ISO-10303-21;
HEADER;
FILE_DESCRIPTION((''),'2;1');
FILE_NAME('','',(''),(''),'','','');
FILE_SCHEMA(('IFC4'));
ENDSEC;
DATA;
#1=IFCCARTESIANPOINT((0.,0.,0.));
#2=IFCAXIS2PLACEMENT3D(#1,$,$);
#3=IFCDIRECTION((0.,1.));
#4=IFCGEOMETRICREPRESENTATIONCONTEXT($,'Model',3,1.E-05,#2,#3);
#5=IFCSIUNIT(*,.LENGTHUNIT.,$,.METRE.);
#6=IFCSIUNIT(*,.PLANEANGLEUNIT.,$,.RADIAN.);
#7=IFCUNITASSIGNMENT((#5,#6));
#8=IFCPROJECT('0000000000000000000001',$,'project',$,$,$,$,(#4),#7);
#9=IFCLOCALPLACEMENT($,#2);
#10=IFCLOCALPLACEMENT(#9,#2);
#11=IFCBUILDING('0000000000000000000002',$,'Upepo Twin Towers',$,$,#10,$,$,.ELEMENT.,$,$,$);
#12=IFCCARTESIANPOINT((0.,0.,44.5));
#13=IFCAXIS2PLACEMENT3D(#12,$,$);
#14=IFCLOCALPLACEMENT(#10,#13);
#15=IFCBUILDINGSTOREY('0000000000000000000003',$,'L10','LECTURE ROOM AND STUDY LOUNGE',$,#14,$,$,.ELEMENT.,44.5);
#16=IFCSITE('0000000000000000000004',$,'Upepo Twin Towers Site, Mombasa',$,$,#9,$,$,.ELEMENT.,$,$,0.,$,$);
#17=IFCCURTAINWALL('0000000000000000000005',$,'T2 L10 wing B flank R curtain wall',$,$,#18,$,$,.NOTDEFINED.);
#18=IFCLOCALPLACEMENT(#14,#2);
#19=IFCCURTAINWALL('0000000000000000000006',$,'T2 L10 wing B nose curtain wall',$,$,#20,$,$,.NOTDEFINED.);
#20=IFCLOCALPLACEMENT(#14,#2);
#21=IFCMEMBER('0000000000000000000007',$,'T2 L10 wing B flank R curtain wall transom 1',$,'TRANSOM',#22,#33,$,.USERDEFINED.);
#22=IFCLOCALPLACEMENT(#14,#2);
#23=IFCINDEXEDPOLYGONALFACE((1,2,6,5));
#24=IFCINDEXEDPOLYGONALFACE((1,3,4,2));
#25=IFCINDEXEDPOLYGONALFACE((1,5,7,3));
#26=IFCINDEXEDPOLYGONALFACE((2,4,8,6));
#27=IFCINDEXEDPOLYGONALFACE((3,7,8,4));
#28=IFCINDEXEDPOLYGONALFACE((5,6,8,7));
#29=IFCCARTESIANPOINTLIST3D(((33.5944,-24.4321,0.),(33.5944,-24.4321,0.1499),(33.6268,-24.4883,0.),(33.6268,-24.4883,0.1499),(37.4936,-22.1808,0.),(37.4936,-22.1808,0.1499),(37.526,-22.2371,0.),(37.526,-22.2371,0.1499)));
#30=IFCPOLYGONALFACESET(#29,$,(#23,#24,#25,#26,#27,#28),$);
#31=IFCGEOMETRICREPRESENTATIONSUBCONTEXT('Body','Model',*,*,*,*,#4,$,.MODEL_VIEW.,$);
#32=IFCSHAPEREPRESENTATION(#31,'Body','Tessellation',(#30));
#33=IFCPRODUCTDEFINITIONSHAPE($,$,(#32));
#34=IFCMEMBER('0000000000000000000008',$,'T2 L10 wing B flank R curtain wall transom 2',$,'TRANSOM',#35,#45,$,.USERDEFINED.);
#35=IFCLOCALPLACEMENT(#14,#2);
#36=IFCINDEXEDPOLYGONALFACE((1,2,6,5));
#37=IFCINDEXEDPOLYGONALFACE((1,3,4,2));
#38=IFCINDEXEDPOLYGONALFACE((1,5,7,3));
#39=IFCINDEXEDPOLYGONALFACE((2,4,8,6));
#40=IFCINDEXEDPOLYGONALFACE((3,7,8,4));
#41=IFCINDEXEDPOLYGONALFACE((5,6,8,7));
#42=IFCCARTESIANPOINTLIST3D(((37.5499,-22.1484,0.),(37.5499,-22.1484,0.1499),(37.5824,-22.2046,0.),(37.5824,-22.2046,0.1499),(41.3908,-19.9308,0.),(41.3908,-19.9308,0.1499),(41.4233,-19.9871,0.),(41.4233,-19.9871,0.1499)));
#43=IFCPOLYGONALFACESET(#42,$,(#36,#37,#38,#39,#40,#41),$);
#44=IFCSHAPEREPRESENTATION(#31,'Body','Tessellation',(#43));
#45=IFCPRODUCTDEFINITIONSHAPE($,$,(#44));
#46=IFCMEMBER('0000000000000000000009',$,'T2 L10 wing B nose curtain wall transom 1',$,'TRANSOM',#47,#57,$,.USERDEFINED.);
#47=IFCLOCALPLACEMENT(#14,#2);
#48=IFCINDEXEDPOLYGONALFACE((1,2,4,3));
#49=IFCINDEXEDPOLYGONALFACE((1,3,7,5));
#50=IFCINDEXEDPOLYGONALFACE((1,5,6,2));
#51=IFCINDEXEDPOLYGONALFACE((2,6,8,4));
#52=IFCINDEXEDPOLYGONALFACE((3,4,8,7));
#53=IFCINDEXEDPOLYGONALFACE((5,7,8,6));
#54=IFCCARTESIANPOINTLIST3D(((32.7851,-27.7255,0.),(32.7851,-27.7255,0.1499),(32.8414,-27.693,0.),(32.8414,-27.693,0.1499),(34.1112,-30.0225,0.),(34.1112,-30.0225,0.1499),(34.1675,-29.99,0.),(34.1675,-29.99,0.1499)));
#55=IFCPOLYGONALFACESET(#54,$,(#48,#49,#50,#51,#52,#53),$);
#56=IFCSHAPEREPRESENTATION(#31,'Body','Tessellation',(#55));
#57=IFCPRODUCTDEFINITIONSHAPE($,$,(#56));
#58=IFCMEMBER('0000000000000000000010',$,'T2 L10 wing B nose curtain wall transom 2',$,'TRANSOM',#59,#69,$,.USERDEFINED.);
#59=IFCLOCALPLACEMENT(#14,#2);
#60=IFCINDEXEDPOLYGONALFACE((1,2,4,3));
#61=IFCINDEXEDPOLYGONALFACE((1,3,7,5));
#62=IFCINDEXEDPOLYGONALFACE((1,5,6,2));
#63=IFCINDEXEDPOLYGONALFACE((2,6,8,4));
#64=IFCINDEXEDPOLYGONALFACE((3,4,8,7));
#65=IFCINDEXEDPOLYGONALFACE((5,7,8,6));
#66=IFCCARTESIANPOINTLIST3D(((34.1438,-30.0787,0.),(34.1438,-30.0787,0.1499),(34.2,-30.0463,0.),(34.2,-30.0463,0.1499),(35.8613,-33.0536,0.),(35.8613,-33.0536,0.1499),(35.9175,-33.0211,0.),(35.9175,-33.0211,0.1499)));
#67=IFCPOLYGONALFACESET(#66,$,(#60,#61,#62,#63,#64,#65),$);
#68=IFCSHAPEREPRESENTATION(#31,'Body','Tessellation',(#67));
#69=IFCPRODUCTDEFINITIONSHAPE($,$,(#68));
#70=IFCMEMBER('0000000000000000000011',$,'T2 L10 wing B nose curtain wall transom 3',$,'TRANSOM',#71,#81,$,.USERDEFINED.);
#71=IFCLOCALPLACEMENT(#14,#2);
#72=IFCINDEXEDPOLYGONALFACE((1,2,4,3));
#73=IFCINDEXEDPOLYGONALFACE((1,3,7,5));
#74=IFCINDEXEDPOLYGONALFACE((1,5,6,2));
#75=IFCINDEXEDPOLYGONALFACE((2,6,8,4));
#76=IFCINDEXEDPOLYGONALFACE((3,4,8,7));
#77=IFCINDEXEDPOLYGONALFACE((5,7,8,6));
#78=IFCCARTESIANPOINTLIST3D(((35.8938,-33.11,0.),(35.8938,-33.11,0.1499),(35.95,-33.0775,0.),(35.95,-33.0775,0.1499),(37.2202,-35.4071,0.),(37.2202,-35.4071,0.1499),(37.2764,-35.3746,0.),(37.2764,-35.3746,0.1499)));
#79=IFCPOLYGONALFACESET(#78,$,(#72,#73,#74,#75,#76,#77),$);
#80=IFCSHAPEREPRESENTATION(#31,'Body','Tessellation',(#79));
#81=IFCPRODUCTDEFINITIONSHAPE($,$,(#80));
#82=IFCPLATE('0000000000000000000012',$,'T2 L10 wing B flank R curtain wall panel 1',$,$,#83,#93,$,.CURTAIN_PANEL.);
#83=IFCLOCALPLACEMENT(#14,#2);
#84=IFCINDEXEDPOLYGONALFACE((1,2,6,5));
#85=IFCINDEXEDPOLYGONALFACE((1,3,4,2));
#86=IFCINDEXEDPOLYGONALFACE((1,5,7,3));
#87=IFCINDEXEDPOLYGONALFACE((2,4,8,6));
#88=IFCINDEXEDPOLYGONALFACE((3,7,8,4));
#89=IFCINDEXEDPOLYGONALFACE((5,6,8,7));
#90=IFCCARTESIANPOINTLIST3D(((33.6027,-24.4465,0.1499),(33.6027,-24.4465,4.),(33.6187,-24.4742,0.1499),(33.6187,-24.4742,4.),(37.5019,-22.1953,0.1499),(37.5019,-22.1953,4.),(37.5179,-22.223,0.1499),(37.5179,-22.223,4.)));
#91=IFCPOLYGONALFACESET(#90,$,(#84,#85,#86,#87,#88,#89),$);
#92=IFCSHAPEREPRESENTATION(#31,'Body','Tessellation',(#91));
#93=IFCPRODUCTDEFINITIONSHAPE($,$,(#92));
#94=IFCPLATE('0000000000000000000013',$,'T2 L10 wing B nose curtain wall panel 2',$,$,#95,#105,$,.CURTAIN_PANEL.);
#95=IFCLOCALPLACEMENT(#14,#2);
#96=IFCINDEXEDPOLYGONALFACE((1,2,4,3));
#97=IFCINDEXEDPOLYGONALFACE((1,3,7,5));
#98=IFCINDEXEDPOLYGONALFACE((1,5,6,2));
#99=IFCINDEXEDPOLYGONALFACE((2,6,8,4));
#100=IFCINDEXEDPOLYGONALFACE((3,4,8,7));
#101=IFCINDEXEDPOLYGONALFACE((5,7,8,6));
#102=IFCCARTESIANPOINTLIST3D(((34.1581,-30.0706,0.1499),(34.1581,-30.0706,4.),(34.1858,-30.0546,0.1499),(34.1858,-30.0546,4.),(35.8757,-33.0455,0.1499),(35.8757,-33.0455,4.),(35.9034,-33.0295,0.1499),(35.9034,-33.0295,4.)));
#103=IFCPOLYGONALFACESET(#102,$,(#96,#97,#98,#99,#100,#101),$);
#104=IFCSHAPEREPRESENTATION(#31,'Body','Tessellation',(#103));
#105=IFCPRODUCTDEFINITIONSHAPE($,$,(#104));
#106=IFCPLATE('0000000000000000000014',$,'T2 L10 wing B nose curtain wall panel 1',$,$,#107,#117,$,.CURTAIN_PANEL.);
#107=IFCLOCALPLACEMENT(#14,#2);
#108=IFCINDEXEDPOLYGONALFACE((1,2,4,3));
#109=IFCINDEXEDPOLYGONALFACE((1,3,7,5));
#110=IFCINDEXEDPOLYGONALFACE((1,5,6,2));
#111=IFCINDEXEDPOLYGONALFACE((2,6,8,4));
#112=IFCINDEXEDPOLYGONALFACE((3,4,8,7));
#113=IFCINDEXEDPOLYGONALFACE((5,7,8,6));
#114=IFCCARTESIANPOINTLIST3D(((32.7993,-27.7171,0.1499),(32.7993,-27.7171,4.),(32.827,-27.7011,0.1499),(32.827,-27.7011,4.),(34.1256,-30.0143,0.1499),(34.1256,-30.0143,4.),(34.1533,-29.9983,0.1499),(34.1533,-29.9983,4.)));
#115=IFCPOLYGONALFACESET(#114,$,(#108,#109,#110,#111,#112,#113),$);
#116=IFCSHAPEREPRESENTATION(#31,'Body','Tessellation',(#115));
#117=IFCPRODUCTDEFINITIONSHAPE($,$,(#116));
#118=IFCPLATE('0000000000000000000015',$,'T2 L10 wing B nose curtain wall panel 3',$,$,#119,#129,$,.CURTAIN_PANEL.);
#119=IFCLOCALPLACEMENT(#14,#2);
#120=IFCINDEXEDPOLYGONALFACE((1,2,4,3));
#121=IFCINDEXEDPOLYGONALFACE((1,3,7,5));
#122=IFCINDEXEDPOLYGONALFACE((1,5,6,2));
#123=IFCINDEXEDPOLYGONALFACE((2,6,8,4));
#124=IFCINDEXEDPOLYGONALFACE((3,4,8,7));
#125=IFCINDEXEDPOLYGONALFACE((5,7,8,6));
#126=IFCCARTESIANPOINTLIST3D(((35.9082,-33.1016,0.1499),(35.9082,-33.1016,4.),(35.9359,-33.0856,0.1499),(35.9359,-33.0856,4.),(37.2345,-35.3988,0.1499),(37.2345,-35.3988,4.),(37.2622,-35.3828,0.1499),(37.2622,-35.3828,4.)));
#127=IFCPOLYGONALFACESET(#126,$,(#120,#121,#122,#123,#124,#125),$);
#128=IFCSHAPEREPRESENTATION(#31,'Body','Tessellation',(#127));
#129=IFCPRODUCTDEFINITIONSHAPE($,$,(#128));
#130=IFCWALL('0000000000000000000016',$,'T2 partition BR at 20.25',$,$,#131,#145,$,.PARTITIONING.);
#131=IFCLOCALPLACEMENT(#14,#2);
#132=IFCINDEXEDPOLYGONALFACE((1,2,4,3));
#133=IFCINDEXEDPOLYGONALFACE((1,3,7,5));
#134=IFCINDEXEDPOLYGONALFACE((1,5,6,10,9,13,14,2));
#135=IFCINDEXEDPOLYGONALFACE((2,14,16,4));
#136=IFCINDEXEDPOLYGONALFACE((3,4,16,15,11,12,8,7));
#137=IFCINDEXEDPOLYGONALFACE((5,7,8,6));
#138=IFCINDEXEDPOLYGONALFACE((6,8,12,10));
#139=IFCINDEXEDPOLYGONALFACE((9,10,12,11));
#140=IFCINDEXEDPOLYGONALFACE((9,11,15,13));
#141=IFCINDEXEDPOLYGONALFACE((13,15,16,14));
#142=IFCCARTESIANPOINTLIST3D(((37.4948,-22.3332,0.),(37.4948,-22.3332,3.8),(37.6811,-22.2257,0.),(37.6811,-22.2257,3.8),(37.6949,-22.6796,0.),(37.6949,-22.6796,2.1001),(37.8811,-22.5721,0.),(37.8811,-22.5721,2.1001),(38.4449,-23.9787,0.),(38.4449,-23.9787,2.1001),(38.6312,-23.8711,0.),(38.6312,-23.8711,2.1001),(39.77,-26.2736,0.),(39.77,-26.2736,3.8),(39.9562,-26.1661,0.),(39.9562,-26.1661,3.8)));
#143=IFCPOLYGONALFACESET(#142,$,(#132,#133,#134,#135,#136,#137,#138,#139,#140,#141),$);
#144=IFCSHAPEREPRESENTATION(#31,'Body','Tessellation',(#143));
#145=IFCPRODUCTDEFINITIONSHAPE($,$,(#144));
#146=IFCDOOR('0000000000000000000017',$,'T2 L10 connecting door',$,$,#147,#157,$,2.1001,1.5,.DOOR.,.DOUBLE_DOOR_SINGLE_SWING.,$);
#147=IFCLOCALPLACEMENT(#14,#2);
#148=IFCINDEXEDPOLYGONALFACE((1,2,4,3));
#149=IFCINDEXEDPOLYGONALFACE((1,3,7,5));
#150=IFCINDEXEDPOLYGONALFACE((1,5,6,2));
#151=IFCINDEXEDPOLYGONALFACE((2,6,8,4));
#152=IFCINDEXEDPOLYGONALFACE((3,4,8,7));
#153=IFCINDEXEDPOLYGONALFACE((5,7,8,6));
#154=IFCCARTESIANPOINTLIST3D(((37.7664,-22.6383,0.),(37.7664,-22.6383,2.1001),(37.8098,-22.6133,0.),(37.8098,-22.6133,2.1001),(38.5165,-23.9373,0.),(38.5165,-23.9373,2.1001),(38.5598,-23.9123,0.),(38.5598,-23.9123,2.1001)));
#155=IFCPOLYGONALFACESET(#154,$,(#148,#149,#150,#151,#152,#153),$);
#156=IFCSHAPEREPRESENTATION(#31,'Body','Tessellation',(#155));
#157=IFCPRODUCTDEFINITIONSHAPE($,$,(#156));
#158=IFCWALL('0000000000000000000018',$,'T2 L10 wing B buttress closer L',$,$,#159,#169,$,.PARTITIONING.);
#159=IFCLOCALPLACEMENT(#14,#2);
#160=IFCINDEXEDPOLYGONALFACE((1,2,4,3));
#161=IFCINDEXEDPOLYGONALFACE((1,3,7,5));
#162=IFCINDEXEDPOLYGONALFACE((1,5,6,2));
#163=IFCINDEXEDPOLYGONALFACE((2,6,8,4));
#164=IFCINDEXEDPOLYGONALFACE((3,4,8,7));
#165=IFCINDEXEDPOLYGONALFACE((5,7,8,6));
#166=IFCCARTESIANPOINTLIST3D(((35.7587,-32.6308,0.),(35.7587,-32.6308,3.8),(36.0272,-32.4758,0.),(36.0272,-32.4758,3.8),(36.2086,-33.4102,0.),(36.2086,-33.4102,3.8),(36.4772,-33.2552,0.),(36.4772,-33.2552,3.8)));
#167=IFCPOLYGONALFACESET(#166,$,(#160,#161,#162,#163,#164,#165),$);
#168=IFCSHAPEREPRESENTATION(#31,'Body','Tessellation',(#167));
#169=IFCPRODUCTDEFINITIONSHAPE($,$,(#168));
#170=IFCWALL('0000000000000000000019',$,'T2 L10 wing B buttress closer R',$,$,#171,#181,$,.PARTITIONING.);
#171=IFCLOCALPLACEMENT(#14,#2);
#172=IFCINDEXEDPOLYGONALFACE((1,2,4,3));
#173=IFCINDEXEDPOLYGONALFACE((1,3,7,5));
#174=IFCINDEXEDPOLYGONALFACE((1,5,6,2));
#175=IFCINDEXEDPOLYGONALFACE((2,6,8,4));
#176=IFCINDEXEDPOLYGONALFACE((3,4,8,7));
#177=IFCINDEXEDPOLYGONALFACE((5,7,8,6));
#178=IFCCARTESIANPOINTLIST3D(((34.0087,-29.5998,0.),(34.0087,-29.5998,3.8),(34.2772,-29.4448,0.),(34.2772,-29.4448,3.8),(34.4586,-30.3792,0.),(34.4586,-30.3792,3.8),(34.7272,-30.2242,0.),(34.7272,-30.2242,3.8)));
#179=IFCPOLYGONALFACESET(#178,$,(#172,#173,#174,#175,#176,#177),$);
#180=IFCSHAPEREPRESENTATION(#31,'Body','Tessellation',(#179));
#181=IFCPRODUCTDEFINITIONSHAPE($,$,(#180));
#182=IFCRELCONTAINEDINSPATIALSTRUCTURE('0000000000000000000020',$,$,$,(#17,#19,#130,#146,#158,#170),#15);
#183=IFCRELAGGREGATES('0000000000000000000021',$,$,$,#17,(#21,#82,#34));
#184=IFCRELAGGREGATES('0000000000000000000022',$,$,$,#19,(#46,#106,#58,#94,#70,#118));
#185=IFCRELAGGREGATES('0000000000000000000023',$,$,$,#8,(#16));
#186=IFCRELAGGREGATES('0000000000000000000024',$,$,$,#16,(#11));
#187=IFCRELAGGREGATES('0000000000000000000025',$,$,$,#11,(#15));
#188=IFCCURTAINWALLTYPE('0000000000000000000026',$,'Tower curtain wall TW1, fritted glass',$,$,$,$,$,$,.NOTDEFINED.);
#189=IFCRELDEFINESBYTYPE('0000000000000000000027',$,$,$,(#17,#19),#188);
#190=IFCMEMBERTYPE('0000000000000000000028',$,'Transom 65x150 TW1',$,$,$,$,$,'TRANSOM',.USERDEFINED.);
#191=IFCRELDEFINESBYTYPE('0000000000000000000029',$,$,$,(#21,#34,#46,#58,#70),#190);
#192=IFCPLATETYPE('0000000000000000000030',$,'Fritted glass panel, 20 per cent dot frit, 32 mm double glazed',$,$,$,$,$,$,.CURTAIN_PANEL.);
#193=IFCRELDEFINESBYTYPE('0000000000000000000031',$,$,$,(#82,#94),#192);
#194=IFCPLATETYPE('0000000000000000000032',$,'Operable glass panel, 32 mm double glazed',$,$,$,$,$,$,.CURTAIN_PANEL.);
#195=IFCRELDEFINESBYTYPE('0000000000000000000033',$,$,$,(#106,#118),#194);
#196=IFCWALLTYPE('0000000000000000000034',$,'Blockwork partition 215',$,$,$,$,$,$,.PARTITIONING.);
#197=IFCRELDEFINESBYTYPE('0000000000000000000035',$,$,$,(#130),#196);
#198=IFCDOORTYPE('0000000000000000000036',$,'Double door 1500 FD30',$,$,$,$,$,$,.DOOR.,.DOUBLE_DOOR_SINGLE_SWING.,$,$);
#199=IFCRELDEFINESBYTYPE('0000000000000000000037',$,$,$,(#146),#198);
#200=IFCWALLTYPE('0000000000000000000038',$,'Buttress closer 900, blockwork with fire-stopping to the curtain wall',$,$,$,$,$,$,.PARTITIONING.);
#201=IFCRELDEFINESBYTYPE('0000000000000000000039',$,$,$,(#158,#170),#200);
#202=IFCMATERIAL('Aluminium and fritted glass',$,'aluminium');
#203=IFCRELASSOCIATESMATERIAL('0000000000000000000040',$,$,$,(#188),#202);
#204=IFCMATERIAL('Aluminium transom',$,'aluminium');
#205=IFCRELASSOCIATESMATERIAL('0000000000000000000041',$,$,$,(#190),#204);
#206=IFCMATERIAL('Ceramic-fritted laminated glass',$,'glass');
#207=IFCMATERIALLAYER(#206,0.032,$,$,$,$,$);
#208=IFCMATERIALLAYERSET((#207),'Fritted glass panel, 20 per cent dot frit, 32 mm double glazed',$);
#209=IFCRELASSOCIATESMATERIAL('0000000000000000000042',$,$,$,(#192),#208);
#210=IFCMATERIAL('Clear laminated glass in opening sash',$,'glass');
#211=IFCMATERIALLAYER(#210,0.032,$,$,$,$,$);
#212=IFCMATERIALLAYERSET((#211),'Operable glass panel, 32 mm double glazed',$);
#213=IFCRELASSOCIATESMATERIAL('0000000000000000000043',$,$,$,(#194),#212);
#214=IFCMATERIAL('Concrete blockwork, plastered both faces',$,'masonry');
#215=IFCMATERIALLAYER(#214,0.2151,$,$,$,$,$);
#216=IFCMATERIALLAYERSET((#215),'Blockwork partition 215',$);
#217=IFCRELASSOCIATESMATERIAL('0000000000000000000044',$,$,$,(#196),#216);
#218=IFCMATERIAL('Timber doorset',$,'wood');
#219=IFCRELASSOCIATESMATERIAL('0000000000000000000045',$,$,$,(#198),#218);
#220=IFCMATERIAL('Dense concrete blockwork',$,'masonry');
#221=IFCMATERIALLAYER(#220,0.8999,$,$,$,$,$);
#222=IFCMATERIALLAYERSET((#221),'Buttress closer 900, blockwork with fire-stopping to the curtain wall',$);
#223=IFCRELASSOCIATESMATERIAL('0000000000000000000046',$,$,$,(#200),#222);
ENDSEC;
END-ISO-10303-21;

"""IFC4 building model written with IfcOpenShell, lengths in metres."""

from ifc_helpers import new_model, si_unit, direction, frame, frame_2d, origin, origin_2d, place, context, subcontext, project, spatial, rectangle, extrude, material, layer, layer_set, material_profile, profile_set, type_object, element, fill, aggregate, save


model = new_model("IFC4")

# Units and contexts
model_context = context("Model", 3, precision=1e-05, world=origin(), true_north=direction((0.0, 1.0)))
body_context = subcontext(model_context, "Body", "Model", "MODEL_VIEW")
ifc_project = project(units=[si_unit("LENGTHUNIT", "METRE"), si_unit("PLANEANGLEUNIT", "RADIAN")], contexts=[model_context])

# Site, building, storey
site_placement = place(None, origin())
site = spatial("IfcSite", under=ifc_project, at=site_placement, Name="Upepo Twin Towers Site, Mombasa", CompositionType="ELEMENT", RefElevation=0.0)
building_placement = place(site_placement, origin())
building = spatial("IfcBuilding", under=site, at=building_placement, Name="Upepo Twin Towers", CompositionType="ELEMENT")
storey_placement = place(building_placement, frame((0.0, 0.0, 44.5)))
storey = spatial("IfcBuildingStorey", under=building, at=storey_placement, Name="L10", Description="LECTURE ROOM AND STUDY LOUNGE", CompositionType="ELEMENT", Elevation=44.5)

# Shared definitions
ifc_material_1 = material(Name="Aluminium and fritted glass", Category="aluminium")
curtain_wall_type = type_object("IfcCurtainWallType", Name="Tower curtain wall TW1, fritted glass", PredefinedType="NOTDEFINED", material=ifc_material_1)

# Curtain walls
curtain_wall_1_placement = place(storey_placement, origin())
curtain_wall_1 = element("IfcCurtainWall", 1, at=curtain_wall_1_placement, inside=storey, type_object=curtain_wall_type, Name="T2 L10 wing B flank R curtain wall", PredefinedType="NOTDEFINED")
curtain_wall_2_placement = place(storey_placement, origin())
curtain_wall_2 = element("IfcCurtainWall", 2, at=curtain_wall_2_placement, inside=storey, type_object=curtain_wall_type, Name="T2 L10 wing B nose curtain wall", PredefinedType="NOTDEFINED")

# Members
ifc_material_2 = material(Name="Aluminium transom", Category="aluminium")
ifc_material_profile_1 = material_profile(ifc_material_2, rectangle(XDim=0.0649, YDim=0.1499, at=origin_2d()), Name="TRANSOM 65x150")
ifc_profile_set_1 = profile_set([ifc_material_profile_1], Name="Aluminium transom")
member_type_1 = type_object("IfcMemberType", Name="Transom 65x150 TW1", ElementType="TRANSOM", PredefinedType="USERDEFINED", material=ifc_profile_set_1)
member_1_placement = place(storey_placement, frame((33.6106, -24.4602, 0.075), z_axis=(0.866022, 0.500006, 0.0), x_axis=(-0.500006, 0.866022, 0.0)))
member_1 = element("IfcMember", 3, at=member_1_placement, type_object=member_type_1, Name="T2 L10 wing B flank R curtain wall transom 1", ObjectType="TRANSOM", PredefinedType="USERDEFINED", context=body_context, shape_type="SweptSolid", body=[
    extrude(rectangle(XDim=0.0649, YDim=0.1499, at=origin_2d()), origin(), (0.0, 0.0, 1.0), 4.5024),
])
member_2_placement = place(storey_placement, frame((37.5662, -22.1765, 0.075), z_axis=(0.866022, 0.500005, 0.0), x_axis=(-0.500005, 0.866022, 0.0)))
member_2 = element("IfcMember", 4, at=member_2_placement, type_object=member_type_1, Name="T2 L10 wing B flank R curtain wall transom 2", ObjectType="TRANSOM", PredefinedType="USERDEFINED", context=body_context, shape_type="SweptSolid", body=[
    extrude(rectangle(XDim=0.0649, YDim=0.1499, at=origin_2d()), origin(), (0.0, 0.0, 1.0), 4.4351),
])
member_3_placement = place(storey_placement, frame((32.8132, -27.7092, 0.075), z_axis=(0.49998, -0.866037, 0.0), x_axis=(0.866037, 0.49998, 0.0)))
member_3 = element("IfcMember", 5, at=member_3_placement, type_object=member_type_1, Name="T2 L10 wing B nose curtain wall transom 1", ObjectType="TRANSOM", PredefinedType="USERDEFINED", context=body_context, shape_type="SweptSolid", body=[
    extrude(rectangle(XDim=0.0649, YDim=0.1499, at=origin_2d()), origin(), (0.0, 0.0, 1.0), 2.6523),
])
member_4_placement = place(storey_placement, frame((34.1719, -30.0625, 0.075), z_axis=(0.499999, -0.866026, 0.0), x_axis=(0.866026, 0.499999, 0.0)))
member_4 = element("IfcMember", 6, at=member_4_placement, type_object=member_type_1, Name="T2 L10 wing B nose curtain wall transom 2", ObjectType="TRANSOM", PredefinedType="USERDEFINED", context=body_context, shape_type="SweptSolid", body=[
    extrude(rectangle(XDim=0.0649, YDim=0.1499, at=origin_2d()), origin(), (0.0, 0.0, 1.0), 3.4351),
])
member_5_placement = place(storey_placement, frame((35.9219, -33.0938, 0.075), z_axis=(0.500049, -0.865997, 0.0), x_axis=(0.865997, 0.500049, 0.0)))
member_5 = element("IfcMember", 7, at=member_5_placement, type_object=member_type_1, Name="T2 L10 wing B nose curtain wall transom 3", ObjectType="TRANSOM", PredefinedType="USERDEFINED", context=body_context, shape_type="SweptSolid", body=[
    extrude(rectangle(XDim=0.0649, YDim=0.1499, at=origin_2d()), origin(), (0.0, 0.0, 1.0), 2.6526),
])

# Plates
ifc_material_3 = material(Name="Ceramic-fritted laminated glass", Category="glass")
ifc_layer_1 = layer(ifc_material_3, 0.032)
ifc_layer_set_1 = layer_set([ifc_layer_1], Name="Fritted glass panel, 20 per cent dot frit, 32 mm double glazed")
plate_type_1 = type_object("IfcPlateType", Name="Fritted glass panel, 20 per cent dot frit, 32 mm double glazed", PredefinedType="CURTAIN_PANEL", material=ifc_layer_set_1)
plate_1_placement = place(storey_placement, frame((35.5603, -23.3347, 0.1499), z_axis=(0.0, 0.0, 1.0), x_axis=(0.866025, 0.5, 0.0)))
plate_1 = element("IfcPlate", 8, at=plate_1_placement, type_object=plate_type_1, Name="T2 L10 wing B flank R curtain wall panel 1", PredefinedType="CURTAIN_PANEL", context=body_context, shape_type="SweptSolid", body=[
    extrude(rectangle(XDim=4.5024, YDim=0.032, at=origin_2d()), origin(), (0.0, 0.0, 1.0), 3.8501),
])
aggregate(curtain_wall_1, [member_1, plate_1, member_2])
plate_2_placement = place(storey_placement, frame((35.0308, -31.55, 0.1499), z_axis=(0.0, 0.0, 1.0), x_axis=(0.5, -0.866025, 0.0)))
plate_2 = element("IfcPlate", 9, at=plate_2_placement, type_object=plate_type_1, Name="T2 L10 wing B nose curtain wall panel 2", PredefinedType="CURTAIN_PANEL", context=body_context, shape_type="SweptSolid", body=[
    extrude(rectangle(XDim=3.4351, YDim=0.032, at=origin_2d()), origin(), (0.0, 0.0, 1.0), 3.8501),
])
ifc_material_4 = material(Name="Clear laminated glass in opening sash", Category="glass")
ifc_layer_2 = layer(ifc_material_4, 0.032)
ifc_layer_set_2 = layer_set([ifc_layer_2], Name="Operable glass panel, 32 mm double glazed")
plate_type_2 = type_object("IfcPlateType", Name="Operable glass panel, 32 mm double glazed", PredefinedType="CURTAIN_PANEL", material=ifc_layer_set_2)
plate_3_placement = place(storey_placement, frame((33.4763, -28.8577, 0.1499), z_axis=(0.0, 0.0, 1.0), x_axis=(0.5, -0.866025, 0.0)))
plate_3 = element("IfcPlate", 10, at=plate_3_placement, type_object=plate_type_2, Name="T2 L10 wing B nose curtain wall panel 1", PredefinedType="CURTAIN_PANEL", context=body_context, shape_type="SweptSolid", body=[
    extrude(rectangle(XDim=2.6526, YDim=0.032, at=origin_2d()), origin(), (0.0, 0.0, 1.0), 3.8501),
])
plate_4_placement = place(storey_placement, frame((36.5852, -34.2422, 0.1499), z_axis=(0.0, 0.0, 1.0), x_axis=(0.5, -0.866025, 0.0)))
plate_4 = element("IfcPlate", 11, at=plate_4_placement, type_object=plate_type_2, Name="T2 L10 wing B nose curtain wall panel 3", PredefinedType="CURTAIN_PANEL", context=body_context, shape_type="SweptSolid", body=[
    extrude(rectangle(XDim=2.6526, YDim=0.032, at=origin_2d()), origin(), (0.0, 0.0, 1.0), 3.8501),
])
aggregate(curtain_wall_2, [member_3, plate_3, member_4, plate_2, member_5, plate_4])

# Wall, opening, door
ifc_material_5 = material(Name="Concrete blockwork, plastered both faces", Category="masonry")
ifc_layer_3 = layer(ifc_material_5, 0.2151)
ifc_layer_set_3 = layer_set([ifc_layer_3], Name="Blockwork partition 215")
wall_type_1 = type_object("IfcWallType", Name="Blockwork partition 215", PredefinedType="PARTITIONING", material=ifc_layer_set_3)
wall_placement = place(storey_placement, frame((39.863, -26.2197, 0.0), z_axis=(0.0, 0.0, 1.0), x_axis=(-0.500023, 0.866012, 0.0)))
wall = element("IfcWall", 12, at=wall_placement, inside=storey, type_object=wall_type_1, Name="T2 partition BR at 20.25", PredefinedType="PARTITIONING", context=body_context, shape_type="SweptSolid", body=[
    extrude(rectangle(XDim=4.55, YDim=0.2151, at=frame_2d((2.2749, 0.0))), origin(), (0.0, 0.0, 1.0), 3.8),
])
opening_placement = place(wall_placement, frame((2.6499, 0.0, 0.0)))
opening = element("IfcOpeningElement", 13, at=opening_placement, cuts=wall, PredefinedType="OPENING", context=body_context, shape_type="SweptSolid", body=[
    extrude(rectangle(XDim=1.5, YDim=2.1001, at=frame_2d((0.75, 1.05))), frame((0.0, 0.1174, 0.0), z_axis=(0.0, -1.0, 0.0), x_axis=(1.0, 0.0, 0.0)), (0.0, 0.0, 1.0), 0.2351),
])
ifc_material_6 = material(Name="Timber doorset", Category="wood")
door_type = type_object("IfcDoorType", Name="Double door 1500 FD30", OperationType="DOUBLE_DOOR_SINGLE_SWING", PredefinedType="DOOR", material=ifc_material_6)
door_placement = place(opening_placement, origin())
door = element("IfcDoor", 14, at=door_placement, inside=storey, type_object=door_type, Name="T2 L10 connecting door", OperationType="DOUBLE_DOOR_SINGLE_SWING", OverallHeight=2.1001, OverallWidth=1.5, PredefinedType="DOOR", context=body_context, shape_type="SweptSolid", body=[
    extrude(rectangle(XDim=1.5, YDim=2.1001, at=frame_2d((0.75, 1.05))), frame((0.0, 0.0249, 0.0), z_axis=(0.0, -1.0, 0.0), x_axis=(1.0, 0.0, 0.0)), (0.0, 0.0, 1.0), 0.05),
])
fill(opening, door)

# Walls
ifc_material_7 = material(Name="Dense concrete blockwork", Category="masonry")
ifc_layer_4 = layer(ifc_material_7, 0.8999)
ifc_layer_set_4 = layer_set([ifc_layer_4], Name="Buttress closer 900, blockwork with fire-stopping to the curtain wall")
wall_type_2 = type_object("IfcWallType", Name="Buttress closer 900, blockwork with fire-stopping to the curtain wall", PredefinedType="PARTITIONING", material=ifc_layer_set_4)
for number, where, z_axis, x_axis, name in (
    (15, (36.2522, -32.8655, 0.0), (0.0, 0.0, 1.0), (-0.866054, -0.49995, 0.0), "T2 L10 wing B buttress closer L"),
    (16, (34.5022, -29.8345, 0.0), (0.0, 0.0, 1.0), (-0.866054, -0.49995, 0.0), "T2 L10 wing B buttress closer R"),
):
    element("IfcWall", number, at=place(storey_placement, frame(where, z_axis=z_axis, x_axis=x_axis)), inside=storey, type_object=wall_type_2, Name=name, PredefinedType="PARTITIONING", context=body_context, shape_type="SweptSolid", body=[
        extrude(rectangle(XDim=0.3101, YDim=0.8999, at=frame_2d((0.155, 0.0))), origin(), (0.0, 0.0, 1.0), 3.8),
    ])

save(model, "model.ifc")
